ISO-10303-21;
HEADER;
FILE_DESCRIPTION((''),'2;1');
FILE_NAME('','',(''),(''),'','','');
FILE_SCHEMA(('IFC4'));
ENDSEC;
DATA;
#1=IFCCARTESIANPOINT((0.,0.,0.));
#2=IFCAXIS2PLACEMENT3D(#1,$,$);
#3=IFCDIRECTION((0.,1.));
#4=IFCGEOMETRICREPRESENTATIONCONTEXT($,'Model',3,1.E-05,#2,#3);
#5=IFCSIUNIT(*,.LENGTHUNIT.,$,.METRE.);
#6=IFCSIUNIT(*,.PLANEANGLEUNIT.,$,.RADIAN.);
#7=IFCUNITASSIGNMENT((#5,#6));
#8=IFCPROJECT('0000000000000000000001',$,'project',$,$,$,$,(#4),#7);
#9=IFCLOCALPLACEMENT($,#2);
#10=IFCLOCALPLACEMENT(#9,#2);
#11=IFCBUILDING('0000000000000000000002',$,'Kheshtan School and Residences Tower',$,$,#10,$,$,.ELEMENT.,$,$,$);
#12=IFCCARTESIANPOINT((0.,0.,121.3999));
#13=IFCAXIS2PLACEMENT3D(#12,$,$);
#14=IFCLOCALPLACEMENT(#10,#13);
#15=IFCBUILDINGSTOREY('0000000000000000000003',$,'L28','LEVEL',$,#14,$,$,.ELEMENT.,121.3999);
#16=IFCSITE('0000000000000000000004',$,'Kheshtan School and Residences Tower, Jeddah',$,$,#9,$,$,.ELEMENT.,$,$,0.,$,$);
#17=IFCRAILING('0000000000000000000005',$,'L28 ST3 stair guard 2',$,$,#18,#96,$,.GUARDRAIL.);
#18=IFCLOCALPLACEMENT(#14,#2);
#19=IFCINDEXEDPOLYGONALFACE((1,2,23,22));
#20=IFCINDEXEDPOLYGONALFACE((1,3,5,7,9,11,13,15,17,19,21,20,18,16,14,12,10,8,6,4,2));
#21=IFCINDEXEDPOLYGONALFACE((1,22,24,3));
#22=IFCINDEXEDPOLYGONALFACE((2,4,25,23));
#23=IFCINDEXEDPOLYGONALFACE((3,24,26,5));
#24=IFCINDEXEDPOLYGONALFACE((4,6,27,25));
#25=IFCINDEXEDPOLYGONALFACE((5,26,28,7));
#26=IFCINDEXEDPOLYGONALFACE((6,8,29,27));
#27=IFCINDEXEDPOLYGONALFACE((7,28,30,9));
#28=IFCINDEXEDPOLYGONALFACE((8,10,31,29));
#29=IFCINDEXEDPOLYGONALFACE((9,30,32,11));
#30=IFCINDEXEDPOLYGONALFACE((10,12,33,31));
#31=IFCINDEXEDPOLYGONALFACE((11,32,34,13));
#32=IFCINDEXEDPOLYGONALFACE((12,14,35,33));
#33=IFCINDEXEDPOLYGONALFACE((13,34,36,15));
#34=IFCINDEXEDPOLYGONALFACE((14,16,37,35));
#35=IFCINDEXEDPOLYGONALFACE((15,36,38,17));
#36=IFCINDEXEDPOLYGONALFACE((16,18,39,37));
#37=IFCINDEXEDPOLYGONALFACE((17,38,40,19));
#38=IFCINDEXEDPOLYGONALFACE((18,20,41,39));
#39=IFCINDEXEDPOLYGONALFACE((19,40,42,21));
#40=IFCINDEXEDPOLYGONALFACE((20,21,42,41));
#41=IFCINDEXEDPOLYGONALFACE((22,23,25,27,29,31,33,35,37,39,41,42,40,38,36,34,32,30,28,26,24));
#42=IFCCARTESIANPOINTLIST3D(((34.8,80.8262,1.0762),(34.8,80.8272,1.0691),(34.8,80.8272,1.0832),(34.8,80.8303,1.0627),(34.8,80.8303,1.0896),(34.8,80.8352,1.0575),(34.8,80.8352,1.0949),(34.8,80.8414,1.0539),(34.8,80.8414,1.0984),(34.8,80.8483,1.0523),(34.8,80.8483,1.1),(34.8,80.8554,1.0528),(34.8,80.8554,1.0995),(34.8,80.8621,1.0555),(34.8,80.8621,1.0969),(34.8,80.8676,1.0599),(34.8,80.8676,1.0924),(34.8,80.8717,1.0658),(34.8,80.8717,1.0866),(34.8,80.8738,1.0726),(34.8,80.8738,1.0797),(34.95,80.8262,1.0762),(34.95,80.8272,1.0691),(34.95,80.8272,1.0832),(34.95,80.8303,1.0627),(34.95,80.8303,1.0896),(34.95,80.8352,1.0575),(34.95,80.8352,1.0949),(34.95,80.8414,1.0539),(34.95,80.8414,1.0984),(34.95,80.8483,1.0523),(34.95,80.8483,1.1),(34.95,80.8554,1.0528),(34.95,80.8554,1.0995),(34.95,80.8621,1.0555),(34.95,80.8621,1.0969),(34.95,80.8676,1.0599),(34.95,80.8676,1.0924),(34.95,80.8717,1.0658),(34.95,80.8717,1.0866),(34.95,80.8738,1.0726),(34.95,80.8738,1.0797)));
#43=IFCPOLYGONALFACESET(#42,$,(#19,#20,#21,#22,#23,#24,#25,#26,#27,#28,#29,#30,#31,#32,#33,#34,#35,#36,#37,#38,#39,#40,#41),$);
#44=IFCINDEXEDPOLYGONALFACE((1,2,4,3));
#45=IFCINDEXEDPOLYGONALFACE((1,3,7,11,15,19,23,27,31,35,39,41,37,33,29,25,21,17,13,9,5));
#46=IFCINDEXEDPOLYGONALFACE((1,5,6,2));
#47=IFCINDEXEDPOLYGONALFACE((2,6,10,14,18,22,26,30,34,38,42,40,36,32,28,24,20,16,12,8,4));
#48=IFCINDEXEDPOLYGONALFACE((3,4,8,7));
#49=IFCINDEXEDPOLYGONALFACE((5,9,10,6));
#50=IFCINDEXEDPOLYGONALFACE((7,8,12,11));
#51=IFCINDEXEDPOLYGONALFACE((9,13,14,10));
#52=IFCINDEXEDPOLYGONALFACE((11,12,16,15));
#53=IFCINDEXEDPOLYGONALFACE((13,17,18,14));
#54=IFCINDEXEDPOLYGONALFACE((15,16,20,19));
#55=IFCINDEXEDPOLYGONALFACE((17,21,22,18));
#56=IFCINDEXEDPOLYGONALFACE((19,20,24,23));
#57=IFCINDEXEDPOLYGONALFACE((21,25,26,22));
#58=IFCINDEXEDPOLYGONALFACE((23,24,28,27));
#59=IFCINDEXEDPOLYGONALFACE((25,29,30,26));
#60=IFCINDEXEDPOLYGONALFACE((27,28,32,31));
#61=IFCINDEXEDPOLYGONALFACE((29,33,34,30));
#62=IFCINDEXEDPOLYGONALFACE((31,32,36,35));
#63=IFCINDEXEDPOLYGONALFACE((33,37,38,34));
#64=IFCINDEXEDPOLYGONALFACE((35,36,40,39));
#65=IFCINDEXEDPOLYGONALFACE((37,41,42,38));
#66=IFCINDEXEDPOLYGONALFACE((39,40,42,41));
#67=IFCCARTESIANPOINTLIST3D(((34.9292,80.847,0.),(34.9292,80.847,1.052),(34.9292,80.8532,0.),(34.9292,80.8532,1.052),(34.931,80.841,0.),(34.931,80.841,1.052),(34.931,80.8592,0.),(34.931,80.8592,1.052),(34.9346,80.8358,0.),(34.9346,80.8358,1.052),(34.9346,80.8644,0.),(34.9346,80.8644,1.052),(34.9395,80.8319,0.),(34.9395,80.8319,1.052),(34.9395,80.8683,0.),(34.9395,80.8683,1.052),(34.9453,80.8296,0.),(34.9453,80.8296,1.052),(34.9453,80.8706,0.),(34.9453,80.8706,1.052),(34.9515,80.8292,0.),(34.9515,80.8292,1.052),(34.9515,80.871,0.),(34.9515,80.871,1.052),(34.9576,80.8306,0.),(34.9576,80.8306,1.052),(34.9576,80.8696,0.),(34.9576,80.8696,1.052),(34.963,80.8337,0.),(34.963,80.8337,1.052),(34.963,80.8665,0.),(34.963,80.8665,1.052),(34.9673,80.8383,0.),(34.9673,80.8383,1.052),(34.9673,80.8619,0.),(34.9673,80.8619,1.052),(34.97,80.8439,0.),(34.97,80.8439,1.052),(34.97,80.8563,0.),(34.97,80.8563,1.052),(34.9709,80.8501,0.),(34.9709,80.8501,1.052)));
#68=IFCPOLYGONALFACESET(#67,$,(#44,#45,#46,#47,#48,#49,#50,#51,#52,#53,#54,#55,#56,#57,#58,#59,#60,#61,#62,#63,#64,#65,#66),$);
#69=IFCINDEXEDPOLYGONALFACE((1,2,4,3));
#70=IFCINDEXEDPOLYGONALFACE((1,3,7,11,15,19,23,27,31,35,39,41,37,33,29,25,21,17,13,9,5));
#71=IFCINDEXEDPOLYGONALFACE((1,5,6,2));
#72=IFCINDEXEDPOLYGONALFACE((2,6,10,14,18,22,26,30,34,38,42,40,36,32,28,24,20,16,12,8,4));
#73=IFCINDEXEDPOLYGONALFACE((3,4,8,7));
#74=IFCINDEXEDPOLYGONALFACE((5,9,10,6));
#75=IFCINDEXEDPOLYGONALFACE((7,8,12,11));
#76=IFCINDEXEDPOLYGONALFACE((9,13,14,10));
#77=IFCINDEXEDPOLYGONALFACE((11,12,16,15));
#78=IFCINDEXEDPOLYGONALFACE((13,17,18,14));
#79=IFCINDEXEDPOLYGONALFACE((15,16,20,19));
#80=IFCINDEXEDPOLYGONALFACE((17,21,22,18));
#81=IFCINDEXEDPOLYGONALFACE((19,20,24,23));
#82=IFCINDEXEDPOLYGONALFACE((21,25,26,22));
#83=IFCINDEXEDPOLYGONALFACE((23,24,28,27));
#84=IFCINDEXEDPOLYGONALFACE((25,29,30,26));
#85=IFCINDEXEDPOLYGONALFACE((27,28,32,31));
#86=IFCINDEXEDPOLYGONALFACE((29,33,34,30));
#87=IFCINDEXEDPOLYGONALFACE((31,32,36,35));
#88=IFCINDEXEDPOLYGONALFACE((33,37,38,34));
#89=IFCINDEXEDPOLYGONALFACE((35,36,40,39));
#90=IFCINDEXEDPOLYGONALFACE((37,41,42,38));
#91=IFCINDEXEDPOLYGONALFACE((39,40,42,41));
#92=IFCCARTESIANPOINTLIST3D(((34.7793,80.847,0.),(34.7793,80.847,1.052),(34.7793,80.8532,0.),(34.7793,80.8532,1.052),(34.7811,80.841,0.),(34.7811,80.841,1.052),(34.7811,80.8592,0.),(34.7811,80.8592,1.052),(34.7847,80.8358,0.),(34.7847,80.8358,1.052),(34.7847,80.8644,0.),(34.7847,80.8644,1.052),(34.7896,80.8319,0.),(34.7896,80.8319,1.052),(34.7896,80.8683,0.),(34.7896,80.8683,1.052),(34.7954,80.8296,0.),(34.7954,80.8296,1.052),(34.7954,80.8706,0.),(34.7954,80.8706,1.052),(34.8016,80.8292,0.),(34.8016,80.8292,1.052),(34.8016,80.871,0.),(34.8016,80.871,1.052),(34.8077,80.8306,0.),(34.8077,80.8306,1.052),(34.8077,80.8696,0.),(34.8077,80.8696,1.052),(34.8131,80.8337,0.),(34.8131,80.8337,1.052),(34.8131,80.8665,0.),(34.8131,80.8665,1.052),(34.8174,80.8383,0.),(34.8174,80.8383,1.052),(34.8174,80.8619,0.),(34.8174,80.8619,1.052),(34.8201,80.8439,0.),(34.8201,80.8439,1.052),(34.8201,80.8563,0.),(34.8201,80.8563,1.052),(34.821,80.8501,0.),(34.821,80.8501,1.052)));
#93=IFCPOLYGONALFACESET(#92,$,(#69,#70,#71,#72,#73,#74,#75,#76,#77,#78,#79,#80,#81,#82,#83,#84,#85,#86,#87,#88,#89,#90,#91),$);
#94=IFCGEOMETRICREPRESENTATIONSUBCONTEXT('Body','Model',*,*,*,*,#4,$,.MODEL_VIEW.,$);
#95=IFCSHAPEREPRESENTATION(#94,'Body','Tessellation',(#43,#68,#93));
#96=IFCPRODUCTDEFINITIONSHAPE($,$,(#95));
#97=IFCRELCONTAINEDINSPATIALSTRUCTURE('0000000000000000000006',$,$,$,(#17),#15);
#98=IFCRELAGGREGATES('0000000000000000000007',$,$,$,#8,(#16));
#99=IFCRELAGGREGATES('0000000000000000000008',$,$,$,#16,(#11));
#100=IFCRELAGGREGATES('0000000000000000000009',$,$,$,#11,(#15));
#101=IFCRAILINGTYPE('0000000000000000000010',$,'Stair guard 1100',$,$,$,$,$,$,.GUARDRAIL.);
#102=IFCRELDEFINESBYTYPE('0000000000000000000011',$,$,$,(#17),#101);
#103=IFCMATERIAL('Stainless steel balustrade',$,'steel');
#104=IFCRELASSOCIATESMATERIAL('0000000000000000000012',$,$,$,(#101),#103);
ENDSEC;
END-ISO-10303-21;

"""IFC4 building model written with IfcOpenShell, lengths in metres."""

from ifc_helpers import new_model, si_unit, direction, frame, origin, origin_2d, place, context, subcontext, project, spatial, circle, extrude, material, type_object, element, save


model = new_model("IFC4")

# Units and contexts
model_context = context("Model", 3, precision=1e-05, world=origin(), true_north=direction((0.0, 1.0)))
body_context = subcontext(model_context, "Body", "Model", "MODEL_VIEW")
ifc_project = project(units=[si_unit("LENGTHUNIT", "METRE"), si_unit("PLANEANGLEUNIT", "RADIAN")], contexts=[model_context])

# Site, building, storey
site_placement = place(None, origin())
site = spatial("IfcSite", under=ifc_project, at=site_placement, Name="Kheshtan School and Residences Tower, Jeddah", CompositionType="ELEMENT", RefElevation=0.0)
building_placement = place(site_placement, origin())
building = spatial("IfcBuilding", under=site, at=building_placement, Name="Kheshtan School and Residences Tower", CompositionType="ELEMENT")
storey_placement = place(building_placement, frame((0.0, 0.0, 121.3999)))
storey = spatial("IfcBuildingStorey", under=building, at=storey_placement, Name="L28", Description="LEVEL", CompositionType="ELEMENT", Elevation=121.3999)

# Railing
ifc_material_1 = material(Name="Stainless steel balustrade", Category="steel")
railing_type = type_object("IfcRailingType", Name="Stair guard 1100", PredefinedType="GUARDRAIL", material=ifc_material_1)
railing_1_placement = place(storey_placement, frame((34.95, 80.8501, 0.0)))
element("IfcRailing", 1, at=railing_1_placement, inside=storey, type_object=railing_type, Name="L28 ST3 stair guard 2", PredefinedType="GUARDRAIL", context=body_context, shape_type="SweptSolid", body=[
    extrude(circle(Radius=0.0239, at=origin_2d()), frame((0.0, 0.0, 1.0762), z_axis=(-1.0, 0.0, 0.0), x_axis=(0.0, -1.0, 0.0)), (0.0, 0.0, 1.0), 0.1499),
    extrude(circle(Radius=0.021, at=origin_2d()), origin(), (0.0, 0.0, 1.0), 1.052),
    extrude(circle(Radius=0.021, at=origin_2d()), frame((-0.1499, 0.0, 0.0)), (0.0, 0.0, 1.0), 1.052),
])

save(model, "model.ifc")
